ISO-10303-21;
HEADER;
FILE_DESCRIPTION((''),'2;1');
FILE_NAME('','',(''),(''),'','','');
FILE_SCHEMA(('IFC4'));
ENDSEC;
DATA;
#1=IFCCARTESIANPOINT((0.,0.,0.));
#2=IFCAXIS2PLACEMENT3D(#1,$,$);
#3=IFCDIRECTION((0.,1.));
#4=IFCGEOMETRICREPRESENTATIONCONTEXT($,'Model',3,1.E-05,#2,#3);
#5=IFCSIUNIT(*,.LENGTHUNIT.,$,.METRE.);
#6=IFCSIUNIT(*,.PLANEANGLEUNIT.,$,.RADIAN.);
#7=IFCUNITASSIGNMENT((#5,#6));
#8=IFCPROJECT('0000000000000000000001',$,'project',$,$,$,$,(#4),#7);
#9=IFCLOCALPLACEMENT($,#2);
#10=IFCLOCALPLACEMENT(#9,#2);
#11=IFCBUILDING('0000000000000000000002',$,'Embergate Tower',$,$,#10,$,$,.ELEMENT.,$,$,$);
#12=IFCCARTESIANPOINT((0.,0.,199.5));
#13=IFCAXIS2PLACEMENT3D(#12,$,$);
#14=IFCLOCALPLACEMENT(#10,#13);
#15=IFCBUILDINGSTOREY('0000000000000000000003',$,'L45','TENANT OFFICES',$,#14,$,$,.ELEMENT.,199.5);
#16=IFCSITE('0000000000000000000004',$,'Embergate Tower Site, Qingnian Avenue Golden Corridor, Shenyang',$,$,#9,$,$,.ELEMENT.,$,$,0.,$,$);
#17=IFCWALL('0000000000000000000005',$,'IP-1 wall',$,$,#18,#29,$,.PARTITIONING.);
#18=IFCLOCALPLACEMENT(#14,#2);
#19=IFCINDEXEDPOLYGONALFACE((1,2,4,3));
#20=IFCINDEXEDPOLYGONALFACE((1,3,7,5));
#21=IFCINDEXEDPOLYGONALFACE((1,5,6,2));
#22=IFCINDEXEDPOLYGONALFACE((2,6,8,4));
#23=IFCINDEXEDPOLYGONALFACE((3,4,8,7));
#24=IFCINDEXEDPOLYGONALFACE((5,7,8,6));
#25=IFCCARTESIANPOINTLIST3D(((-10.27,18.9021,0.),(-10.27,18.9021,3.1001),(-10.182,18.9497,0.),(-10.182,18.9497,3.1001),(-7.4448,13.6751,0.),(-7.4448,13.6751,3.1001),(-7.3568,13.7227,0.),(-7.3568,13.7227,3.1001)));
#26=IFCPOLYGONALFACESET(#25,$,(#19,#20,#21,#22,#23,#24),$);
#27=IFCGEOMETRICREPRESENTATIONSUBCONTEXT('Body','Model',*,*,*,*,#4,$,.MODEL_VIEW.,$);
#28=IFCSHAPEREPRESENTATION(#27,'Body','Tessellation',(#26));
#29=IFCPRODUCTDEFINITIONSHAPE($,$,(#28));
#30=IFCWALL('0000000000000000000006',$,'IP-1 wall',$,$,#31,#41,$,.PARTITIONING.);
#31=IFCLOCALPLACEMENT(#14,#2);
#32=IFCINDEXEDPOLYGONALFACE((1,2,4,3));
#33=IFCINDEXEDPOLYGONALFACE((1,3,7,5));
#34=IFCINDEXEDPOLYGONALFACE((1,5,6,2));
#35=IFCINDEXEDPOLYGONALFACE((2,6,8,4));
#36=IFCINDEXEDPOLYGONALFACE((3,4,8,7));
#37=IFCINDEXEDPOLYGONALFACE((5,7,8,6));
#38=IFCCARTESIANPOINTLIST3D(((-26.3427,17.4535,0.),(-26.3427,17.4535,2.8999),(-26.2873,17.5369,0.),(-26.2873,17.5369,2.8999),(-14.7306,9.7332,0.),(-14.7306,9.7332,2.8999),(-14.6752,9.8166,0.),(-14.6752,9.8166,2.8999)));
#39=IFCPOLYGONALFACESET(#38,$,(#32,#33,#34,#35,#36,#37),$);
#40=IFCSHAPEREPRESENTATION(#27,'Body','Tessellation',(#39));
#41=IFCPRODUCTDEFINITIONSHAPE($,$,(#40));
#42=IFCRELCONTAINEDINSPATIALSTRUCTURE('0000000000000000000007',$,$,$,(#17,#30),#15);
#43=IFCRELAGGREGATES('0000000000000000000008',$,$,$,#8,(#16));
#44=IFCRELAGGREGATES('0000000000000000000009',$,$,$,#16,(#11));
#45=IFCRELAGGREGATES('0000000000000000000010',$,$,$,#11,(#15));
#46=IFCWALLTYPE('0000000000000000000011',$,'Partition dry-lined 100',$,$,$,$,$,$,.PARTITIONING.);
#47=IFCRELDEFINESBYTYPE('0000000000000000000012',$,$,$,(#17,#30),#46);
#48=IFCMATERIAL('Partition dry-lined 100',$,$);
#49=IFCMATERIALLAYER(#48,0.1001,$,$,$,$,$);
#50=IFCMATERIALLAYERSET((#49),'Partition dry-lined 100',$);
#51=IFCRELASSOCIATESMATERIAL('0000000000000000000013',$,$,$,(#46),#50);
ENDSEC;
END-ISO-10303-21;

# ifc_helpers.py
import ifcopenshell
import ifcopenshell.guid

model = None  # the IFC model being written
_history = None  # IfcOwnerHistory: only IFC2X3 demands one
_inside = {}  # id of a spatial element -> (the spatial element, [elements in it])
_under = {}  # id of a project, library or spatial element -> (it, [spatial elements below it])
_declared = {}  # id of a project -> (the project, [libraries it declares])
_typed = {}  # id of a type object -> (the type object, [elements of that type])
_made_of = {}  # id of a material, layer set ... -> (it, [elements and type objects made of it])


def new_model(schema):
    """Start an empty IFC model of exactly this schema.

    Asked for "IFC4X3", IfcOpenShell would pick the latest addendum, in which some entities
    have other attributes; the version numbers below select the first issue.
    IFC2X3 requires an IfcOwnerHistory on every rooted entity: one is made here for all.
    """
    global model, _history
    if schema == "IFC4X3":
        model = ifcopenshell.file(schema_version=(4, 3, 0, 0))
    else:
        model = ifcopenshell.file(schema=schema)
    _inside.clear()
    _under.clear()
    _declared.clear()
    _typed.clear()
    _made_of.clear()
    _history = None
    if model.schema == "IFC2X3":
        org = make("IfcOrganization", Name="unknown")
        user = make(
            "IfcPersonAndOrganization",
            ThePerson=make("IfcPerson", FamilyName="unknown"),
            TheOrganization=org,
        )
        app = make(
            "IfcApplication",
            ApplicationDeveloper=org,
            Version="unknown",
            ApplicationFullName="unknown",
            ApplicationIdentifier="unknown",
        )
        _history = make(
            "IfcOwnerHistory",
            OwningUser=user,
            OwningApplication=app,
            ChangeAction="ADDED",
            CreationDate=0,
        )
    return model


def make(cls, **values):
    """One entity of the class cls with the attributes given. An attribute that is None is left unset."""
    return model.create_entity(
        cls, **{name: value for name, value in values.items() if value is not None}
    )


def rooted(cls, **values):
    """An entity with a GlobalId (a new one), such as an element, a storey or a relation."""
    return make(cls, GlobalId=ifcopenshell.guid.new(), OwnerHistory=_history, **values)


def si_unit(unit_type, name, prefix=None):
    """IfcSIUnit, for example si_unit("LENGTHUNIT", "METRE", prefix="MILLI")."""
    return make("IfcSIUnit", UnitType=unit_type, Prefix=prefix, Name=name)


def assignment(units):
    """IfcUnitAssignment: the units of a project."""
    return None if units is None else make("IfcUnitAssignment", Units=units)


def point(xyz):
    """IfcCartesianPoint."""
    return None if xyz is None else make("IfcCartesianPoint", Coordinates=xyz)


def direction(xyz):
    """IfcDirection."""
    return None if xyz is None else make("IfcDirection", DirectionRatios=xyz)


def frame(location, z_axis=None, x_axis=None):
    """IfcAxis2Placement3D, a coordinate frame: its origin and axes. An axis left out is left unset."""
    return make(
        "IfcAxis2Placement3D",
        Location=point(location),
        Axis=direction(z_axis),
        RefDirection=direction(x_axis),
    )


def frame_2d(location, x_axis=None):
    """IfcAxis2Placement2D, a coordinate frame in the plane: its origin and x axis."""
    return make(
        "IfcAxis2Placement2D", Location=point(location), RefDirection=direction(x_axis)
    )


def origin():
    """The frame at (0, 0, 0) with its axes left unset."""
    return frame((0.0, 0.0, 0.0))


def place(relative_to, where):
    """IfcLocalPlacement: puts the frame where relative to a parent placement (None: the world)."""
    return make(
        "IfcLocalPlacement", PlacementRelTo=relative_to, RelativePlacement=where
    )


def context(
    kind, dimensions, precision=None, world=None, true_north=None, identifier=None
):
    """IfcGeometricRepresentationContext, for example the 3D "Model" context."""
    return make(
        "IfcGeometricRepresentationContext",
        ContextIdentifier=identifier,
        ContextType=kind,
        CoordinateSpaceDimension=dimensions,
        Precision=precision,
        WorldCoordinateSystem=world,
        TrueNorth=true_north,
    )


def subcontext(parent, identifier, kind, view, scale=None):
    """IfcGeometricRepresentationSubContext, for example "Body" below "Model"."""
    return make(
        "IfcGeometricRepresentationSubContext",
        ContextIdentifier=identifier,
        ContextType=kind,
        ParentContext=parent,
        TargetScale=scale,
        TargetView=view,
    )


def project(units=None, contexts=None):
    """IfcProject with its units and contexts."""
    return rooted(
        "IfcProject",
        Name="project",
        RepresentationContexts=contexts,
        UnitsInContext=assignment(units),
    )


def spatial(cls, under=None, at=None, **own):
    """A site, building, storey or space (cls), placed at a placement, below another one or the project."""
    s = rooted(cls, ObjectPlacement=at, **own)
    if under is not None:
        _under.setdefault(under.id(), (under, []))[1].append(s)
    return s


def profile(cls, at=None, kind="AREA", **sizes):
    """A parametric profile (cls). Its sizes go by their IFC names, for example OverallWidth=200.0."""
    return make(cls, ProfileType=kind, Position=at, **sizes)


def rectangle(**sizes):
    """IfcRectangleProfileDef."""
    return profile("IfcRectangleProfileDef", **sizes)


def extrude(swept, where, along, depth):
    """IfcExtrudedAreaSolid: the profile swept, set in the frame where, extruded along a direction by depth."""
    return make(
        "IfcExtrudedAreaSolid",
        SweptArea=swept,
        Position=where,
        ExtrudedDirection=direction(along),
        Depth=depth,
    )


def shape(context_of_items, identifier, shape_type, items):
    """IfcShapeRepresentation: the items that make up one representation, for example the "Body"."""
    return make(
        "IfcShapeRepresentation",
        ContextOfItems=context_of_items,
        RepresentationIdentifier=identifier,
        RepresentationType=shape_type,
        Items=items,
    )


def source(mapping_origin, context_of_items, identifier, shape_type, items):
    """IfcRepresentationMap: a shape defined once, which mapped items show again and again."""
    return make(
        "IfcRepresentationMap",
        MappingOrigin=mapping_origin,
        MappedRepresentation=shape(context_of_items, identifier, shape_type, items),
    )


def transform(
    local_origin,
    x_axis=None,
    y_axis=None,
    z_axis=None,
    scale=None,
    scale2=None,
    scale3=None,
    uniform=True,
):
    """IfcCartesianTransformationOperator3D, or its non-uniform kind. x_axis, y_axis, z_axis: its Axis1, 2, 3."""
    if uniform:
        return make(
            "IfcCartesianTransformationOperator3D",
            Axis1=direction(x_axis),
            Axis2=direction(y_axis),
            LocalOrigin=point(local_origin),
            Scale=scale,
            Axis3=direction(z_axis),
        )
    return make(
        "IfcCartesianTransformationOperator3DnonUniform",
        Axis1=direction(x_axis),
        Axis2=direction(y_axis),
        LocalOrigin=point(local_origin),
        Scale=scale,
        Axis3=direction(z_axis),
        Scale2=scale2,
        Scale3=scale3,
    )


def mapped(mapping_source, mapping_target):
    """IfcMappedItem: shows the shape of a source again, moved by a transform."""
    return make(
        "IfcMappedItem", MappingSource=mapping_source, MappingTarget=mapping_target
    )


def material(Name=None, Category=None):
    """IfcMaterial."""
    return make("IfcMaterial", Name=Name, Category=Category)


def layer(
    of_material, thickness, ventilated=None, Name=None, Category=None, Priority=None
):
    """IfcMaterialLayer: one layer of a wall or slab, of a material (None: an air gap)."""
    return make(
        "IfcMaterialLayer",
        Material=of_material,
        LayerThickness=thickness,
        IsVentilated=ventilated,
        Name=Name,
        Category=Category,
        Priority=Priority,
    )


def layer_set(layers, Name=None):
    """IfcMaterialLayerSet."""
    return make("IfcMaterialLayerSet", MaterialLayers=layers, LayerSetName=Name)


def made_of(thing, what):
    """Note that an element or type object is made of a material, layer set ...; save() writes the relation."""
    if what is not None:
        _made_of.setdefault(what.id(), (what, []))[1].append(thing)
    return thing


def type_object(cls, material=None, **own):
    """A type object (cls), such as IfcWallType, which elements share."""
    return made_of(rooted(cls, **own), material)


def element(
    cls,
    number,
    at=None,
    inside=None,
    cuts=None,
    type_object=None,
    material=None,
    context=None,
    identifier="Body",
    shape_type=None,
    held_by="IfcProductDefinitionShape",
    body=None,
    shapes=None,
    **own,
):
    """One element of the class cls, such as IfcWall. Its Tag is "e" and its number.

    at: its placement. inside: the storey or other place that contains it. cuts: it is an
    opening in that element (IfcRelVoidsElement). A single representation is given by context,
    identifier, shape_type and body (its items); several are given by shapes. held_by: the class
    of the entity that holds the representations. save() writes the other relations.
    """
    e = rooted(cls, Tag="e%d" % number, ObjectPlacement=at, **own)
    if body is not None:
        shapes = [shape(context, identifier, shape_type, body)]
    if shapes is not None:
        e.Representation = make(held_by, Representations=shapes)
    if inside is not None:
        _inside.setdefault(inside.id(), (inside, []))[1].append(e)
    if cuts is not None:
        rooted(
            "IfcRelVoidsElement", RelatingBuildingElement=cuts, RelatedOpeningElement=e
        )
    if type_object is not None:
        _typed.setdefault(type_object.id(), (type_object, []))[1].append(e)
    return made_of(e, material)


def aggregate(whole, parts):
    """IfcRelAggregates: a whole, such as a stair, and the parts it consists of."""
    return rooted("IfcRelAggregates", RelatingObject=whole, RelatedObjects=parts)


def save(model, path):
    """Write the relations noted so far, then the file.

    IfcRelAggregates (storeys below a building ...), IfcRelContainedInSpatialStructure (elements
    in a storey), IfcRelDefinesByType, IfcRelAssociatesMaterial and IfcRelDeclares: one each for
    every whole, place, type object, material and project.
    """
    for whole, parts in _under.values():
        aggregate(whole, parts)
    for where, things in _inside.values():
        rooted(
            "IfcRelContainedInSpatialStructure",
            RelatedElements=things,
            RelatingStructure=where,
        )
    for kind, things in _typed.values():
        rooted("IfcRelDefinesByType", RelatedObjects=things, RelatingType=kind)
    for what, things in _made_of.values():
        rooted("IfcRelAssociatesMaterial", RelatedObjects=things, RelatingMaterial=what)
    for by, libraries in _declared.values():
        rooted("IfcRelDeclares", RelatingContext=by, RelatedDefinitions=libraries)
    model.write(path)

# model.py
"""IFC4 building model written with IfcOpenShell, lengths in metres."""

from ifc_helpers import new_model, si_unit, direction, frame, frame_2d, origin, place, context, subcontext, project, spatial, rectangle, extrude, source, transform, mapped, material, layer, layer_set, type_object, element, save


model = new_model("IFC4")

# Units and contexts
model_context = context("Model", 3, precision=1e-05, world=origin(), true_north=direction((0.0, 1.0)))
body_context = subcontext(model_context, "Body", "Model", "MODEL_VIEW")
ifc_project = project(units=[si_unit("LENGTHUNIT", "METRE"), si_unit("PLANEANGLEUNIT", "RADIAN")], contexts=[model_context])

# Site, building, storey
site_placement = place(None, origin())
site = spatial("IfcSite", under=ifc_project, at=site_placement, Name="Embergate Tower Site, Qingnian Avenue Golden Corridor, Shenyang", CompositionType="ELEMENT", RefElevation=0.0)
building_placement = place(site_placement, origin())
building = spatial("IfcBuilding", under=site, at=building_placement, Name="Embergate Tower", CompositionType="ELEMENT")
storey_placement = place(building_placement, frame((0.0, 0.0, 199.5)))
storey = spatial("IfcBuildingStorey", under=building, at=storey_placement, Name="L45", Description="TENANT OFFICES", CompositionType="ELEMENT", Elevation=199.5)

# Walls
ifc_material_1 = material(Name="Partition dry-lined 100")
ifc_layer_1 = layer(ifc_material_1, 0.1001)
ifc_layer_set_1 = layer_set([ifc_layer_1], Name="Partition dry-lined 100")
wall_type_1 = type_object("IfcWallType", Name="Partition dry-lined 100", PredefinedType="PARTITIONING", material=ifc_layer_set_1)
shared_shape_1 = source(origin(), body_context, "Body", "SweptSolid", [
    extrude(rectangle(XDim=5.9417, YDim=0.1001, at=frame_2d((2.9707, 0.0))), origin(), (0.0, 0.0, 1.0), 3.1001),
])
wall_1_placement = place(storey_placement, frame((-7.4009, 13.699, 0.0), z_axis=(0.0, 0.0, 1.0), x_axis=(-0.475486, 0.879723, 0.0)))
element("IfcWall", 1, at=wall_1_placement, inside=storey, type_object=wall_type_1, Name="IP-1 wall", PredefinedType="PARTITIONING", context=body_context, shape_type="MappedRepresentation", body=[
    mapped(shared_shape_1, transform((0.0, 0.0, 0.0))),
])
shared_shape_2 = source(origin(), body_context, "Body", "SweptSolid", [
    extrude(rectangle(XDim=13.9443, YDim=0.1001, at=frame_2d((6.9722, 0.0))), origin(), (0.0, 0.0, 1.0), 2.8999),
])
wall_2_placement = place(storey_placement, frame((-14.7029, 9.7749, 0.0), z_axis=(0.0, 0.0, 1.0), x_axis=(-0.83275, 0.553649, 0.0)))
element("IfcWall", 2, at=wall_2_placement, inside=storey, type_object=wall_type_1, Name="IP-1 wall", PredefinedType="PARTITIONING", context=body_context, shape_type="MappedRepresentation", body=[
    mapped(shared_shape_2, transform((0.0, 0.0, 0.0))),
])

save(model, "model.ifc")
